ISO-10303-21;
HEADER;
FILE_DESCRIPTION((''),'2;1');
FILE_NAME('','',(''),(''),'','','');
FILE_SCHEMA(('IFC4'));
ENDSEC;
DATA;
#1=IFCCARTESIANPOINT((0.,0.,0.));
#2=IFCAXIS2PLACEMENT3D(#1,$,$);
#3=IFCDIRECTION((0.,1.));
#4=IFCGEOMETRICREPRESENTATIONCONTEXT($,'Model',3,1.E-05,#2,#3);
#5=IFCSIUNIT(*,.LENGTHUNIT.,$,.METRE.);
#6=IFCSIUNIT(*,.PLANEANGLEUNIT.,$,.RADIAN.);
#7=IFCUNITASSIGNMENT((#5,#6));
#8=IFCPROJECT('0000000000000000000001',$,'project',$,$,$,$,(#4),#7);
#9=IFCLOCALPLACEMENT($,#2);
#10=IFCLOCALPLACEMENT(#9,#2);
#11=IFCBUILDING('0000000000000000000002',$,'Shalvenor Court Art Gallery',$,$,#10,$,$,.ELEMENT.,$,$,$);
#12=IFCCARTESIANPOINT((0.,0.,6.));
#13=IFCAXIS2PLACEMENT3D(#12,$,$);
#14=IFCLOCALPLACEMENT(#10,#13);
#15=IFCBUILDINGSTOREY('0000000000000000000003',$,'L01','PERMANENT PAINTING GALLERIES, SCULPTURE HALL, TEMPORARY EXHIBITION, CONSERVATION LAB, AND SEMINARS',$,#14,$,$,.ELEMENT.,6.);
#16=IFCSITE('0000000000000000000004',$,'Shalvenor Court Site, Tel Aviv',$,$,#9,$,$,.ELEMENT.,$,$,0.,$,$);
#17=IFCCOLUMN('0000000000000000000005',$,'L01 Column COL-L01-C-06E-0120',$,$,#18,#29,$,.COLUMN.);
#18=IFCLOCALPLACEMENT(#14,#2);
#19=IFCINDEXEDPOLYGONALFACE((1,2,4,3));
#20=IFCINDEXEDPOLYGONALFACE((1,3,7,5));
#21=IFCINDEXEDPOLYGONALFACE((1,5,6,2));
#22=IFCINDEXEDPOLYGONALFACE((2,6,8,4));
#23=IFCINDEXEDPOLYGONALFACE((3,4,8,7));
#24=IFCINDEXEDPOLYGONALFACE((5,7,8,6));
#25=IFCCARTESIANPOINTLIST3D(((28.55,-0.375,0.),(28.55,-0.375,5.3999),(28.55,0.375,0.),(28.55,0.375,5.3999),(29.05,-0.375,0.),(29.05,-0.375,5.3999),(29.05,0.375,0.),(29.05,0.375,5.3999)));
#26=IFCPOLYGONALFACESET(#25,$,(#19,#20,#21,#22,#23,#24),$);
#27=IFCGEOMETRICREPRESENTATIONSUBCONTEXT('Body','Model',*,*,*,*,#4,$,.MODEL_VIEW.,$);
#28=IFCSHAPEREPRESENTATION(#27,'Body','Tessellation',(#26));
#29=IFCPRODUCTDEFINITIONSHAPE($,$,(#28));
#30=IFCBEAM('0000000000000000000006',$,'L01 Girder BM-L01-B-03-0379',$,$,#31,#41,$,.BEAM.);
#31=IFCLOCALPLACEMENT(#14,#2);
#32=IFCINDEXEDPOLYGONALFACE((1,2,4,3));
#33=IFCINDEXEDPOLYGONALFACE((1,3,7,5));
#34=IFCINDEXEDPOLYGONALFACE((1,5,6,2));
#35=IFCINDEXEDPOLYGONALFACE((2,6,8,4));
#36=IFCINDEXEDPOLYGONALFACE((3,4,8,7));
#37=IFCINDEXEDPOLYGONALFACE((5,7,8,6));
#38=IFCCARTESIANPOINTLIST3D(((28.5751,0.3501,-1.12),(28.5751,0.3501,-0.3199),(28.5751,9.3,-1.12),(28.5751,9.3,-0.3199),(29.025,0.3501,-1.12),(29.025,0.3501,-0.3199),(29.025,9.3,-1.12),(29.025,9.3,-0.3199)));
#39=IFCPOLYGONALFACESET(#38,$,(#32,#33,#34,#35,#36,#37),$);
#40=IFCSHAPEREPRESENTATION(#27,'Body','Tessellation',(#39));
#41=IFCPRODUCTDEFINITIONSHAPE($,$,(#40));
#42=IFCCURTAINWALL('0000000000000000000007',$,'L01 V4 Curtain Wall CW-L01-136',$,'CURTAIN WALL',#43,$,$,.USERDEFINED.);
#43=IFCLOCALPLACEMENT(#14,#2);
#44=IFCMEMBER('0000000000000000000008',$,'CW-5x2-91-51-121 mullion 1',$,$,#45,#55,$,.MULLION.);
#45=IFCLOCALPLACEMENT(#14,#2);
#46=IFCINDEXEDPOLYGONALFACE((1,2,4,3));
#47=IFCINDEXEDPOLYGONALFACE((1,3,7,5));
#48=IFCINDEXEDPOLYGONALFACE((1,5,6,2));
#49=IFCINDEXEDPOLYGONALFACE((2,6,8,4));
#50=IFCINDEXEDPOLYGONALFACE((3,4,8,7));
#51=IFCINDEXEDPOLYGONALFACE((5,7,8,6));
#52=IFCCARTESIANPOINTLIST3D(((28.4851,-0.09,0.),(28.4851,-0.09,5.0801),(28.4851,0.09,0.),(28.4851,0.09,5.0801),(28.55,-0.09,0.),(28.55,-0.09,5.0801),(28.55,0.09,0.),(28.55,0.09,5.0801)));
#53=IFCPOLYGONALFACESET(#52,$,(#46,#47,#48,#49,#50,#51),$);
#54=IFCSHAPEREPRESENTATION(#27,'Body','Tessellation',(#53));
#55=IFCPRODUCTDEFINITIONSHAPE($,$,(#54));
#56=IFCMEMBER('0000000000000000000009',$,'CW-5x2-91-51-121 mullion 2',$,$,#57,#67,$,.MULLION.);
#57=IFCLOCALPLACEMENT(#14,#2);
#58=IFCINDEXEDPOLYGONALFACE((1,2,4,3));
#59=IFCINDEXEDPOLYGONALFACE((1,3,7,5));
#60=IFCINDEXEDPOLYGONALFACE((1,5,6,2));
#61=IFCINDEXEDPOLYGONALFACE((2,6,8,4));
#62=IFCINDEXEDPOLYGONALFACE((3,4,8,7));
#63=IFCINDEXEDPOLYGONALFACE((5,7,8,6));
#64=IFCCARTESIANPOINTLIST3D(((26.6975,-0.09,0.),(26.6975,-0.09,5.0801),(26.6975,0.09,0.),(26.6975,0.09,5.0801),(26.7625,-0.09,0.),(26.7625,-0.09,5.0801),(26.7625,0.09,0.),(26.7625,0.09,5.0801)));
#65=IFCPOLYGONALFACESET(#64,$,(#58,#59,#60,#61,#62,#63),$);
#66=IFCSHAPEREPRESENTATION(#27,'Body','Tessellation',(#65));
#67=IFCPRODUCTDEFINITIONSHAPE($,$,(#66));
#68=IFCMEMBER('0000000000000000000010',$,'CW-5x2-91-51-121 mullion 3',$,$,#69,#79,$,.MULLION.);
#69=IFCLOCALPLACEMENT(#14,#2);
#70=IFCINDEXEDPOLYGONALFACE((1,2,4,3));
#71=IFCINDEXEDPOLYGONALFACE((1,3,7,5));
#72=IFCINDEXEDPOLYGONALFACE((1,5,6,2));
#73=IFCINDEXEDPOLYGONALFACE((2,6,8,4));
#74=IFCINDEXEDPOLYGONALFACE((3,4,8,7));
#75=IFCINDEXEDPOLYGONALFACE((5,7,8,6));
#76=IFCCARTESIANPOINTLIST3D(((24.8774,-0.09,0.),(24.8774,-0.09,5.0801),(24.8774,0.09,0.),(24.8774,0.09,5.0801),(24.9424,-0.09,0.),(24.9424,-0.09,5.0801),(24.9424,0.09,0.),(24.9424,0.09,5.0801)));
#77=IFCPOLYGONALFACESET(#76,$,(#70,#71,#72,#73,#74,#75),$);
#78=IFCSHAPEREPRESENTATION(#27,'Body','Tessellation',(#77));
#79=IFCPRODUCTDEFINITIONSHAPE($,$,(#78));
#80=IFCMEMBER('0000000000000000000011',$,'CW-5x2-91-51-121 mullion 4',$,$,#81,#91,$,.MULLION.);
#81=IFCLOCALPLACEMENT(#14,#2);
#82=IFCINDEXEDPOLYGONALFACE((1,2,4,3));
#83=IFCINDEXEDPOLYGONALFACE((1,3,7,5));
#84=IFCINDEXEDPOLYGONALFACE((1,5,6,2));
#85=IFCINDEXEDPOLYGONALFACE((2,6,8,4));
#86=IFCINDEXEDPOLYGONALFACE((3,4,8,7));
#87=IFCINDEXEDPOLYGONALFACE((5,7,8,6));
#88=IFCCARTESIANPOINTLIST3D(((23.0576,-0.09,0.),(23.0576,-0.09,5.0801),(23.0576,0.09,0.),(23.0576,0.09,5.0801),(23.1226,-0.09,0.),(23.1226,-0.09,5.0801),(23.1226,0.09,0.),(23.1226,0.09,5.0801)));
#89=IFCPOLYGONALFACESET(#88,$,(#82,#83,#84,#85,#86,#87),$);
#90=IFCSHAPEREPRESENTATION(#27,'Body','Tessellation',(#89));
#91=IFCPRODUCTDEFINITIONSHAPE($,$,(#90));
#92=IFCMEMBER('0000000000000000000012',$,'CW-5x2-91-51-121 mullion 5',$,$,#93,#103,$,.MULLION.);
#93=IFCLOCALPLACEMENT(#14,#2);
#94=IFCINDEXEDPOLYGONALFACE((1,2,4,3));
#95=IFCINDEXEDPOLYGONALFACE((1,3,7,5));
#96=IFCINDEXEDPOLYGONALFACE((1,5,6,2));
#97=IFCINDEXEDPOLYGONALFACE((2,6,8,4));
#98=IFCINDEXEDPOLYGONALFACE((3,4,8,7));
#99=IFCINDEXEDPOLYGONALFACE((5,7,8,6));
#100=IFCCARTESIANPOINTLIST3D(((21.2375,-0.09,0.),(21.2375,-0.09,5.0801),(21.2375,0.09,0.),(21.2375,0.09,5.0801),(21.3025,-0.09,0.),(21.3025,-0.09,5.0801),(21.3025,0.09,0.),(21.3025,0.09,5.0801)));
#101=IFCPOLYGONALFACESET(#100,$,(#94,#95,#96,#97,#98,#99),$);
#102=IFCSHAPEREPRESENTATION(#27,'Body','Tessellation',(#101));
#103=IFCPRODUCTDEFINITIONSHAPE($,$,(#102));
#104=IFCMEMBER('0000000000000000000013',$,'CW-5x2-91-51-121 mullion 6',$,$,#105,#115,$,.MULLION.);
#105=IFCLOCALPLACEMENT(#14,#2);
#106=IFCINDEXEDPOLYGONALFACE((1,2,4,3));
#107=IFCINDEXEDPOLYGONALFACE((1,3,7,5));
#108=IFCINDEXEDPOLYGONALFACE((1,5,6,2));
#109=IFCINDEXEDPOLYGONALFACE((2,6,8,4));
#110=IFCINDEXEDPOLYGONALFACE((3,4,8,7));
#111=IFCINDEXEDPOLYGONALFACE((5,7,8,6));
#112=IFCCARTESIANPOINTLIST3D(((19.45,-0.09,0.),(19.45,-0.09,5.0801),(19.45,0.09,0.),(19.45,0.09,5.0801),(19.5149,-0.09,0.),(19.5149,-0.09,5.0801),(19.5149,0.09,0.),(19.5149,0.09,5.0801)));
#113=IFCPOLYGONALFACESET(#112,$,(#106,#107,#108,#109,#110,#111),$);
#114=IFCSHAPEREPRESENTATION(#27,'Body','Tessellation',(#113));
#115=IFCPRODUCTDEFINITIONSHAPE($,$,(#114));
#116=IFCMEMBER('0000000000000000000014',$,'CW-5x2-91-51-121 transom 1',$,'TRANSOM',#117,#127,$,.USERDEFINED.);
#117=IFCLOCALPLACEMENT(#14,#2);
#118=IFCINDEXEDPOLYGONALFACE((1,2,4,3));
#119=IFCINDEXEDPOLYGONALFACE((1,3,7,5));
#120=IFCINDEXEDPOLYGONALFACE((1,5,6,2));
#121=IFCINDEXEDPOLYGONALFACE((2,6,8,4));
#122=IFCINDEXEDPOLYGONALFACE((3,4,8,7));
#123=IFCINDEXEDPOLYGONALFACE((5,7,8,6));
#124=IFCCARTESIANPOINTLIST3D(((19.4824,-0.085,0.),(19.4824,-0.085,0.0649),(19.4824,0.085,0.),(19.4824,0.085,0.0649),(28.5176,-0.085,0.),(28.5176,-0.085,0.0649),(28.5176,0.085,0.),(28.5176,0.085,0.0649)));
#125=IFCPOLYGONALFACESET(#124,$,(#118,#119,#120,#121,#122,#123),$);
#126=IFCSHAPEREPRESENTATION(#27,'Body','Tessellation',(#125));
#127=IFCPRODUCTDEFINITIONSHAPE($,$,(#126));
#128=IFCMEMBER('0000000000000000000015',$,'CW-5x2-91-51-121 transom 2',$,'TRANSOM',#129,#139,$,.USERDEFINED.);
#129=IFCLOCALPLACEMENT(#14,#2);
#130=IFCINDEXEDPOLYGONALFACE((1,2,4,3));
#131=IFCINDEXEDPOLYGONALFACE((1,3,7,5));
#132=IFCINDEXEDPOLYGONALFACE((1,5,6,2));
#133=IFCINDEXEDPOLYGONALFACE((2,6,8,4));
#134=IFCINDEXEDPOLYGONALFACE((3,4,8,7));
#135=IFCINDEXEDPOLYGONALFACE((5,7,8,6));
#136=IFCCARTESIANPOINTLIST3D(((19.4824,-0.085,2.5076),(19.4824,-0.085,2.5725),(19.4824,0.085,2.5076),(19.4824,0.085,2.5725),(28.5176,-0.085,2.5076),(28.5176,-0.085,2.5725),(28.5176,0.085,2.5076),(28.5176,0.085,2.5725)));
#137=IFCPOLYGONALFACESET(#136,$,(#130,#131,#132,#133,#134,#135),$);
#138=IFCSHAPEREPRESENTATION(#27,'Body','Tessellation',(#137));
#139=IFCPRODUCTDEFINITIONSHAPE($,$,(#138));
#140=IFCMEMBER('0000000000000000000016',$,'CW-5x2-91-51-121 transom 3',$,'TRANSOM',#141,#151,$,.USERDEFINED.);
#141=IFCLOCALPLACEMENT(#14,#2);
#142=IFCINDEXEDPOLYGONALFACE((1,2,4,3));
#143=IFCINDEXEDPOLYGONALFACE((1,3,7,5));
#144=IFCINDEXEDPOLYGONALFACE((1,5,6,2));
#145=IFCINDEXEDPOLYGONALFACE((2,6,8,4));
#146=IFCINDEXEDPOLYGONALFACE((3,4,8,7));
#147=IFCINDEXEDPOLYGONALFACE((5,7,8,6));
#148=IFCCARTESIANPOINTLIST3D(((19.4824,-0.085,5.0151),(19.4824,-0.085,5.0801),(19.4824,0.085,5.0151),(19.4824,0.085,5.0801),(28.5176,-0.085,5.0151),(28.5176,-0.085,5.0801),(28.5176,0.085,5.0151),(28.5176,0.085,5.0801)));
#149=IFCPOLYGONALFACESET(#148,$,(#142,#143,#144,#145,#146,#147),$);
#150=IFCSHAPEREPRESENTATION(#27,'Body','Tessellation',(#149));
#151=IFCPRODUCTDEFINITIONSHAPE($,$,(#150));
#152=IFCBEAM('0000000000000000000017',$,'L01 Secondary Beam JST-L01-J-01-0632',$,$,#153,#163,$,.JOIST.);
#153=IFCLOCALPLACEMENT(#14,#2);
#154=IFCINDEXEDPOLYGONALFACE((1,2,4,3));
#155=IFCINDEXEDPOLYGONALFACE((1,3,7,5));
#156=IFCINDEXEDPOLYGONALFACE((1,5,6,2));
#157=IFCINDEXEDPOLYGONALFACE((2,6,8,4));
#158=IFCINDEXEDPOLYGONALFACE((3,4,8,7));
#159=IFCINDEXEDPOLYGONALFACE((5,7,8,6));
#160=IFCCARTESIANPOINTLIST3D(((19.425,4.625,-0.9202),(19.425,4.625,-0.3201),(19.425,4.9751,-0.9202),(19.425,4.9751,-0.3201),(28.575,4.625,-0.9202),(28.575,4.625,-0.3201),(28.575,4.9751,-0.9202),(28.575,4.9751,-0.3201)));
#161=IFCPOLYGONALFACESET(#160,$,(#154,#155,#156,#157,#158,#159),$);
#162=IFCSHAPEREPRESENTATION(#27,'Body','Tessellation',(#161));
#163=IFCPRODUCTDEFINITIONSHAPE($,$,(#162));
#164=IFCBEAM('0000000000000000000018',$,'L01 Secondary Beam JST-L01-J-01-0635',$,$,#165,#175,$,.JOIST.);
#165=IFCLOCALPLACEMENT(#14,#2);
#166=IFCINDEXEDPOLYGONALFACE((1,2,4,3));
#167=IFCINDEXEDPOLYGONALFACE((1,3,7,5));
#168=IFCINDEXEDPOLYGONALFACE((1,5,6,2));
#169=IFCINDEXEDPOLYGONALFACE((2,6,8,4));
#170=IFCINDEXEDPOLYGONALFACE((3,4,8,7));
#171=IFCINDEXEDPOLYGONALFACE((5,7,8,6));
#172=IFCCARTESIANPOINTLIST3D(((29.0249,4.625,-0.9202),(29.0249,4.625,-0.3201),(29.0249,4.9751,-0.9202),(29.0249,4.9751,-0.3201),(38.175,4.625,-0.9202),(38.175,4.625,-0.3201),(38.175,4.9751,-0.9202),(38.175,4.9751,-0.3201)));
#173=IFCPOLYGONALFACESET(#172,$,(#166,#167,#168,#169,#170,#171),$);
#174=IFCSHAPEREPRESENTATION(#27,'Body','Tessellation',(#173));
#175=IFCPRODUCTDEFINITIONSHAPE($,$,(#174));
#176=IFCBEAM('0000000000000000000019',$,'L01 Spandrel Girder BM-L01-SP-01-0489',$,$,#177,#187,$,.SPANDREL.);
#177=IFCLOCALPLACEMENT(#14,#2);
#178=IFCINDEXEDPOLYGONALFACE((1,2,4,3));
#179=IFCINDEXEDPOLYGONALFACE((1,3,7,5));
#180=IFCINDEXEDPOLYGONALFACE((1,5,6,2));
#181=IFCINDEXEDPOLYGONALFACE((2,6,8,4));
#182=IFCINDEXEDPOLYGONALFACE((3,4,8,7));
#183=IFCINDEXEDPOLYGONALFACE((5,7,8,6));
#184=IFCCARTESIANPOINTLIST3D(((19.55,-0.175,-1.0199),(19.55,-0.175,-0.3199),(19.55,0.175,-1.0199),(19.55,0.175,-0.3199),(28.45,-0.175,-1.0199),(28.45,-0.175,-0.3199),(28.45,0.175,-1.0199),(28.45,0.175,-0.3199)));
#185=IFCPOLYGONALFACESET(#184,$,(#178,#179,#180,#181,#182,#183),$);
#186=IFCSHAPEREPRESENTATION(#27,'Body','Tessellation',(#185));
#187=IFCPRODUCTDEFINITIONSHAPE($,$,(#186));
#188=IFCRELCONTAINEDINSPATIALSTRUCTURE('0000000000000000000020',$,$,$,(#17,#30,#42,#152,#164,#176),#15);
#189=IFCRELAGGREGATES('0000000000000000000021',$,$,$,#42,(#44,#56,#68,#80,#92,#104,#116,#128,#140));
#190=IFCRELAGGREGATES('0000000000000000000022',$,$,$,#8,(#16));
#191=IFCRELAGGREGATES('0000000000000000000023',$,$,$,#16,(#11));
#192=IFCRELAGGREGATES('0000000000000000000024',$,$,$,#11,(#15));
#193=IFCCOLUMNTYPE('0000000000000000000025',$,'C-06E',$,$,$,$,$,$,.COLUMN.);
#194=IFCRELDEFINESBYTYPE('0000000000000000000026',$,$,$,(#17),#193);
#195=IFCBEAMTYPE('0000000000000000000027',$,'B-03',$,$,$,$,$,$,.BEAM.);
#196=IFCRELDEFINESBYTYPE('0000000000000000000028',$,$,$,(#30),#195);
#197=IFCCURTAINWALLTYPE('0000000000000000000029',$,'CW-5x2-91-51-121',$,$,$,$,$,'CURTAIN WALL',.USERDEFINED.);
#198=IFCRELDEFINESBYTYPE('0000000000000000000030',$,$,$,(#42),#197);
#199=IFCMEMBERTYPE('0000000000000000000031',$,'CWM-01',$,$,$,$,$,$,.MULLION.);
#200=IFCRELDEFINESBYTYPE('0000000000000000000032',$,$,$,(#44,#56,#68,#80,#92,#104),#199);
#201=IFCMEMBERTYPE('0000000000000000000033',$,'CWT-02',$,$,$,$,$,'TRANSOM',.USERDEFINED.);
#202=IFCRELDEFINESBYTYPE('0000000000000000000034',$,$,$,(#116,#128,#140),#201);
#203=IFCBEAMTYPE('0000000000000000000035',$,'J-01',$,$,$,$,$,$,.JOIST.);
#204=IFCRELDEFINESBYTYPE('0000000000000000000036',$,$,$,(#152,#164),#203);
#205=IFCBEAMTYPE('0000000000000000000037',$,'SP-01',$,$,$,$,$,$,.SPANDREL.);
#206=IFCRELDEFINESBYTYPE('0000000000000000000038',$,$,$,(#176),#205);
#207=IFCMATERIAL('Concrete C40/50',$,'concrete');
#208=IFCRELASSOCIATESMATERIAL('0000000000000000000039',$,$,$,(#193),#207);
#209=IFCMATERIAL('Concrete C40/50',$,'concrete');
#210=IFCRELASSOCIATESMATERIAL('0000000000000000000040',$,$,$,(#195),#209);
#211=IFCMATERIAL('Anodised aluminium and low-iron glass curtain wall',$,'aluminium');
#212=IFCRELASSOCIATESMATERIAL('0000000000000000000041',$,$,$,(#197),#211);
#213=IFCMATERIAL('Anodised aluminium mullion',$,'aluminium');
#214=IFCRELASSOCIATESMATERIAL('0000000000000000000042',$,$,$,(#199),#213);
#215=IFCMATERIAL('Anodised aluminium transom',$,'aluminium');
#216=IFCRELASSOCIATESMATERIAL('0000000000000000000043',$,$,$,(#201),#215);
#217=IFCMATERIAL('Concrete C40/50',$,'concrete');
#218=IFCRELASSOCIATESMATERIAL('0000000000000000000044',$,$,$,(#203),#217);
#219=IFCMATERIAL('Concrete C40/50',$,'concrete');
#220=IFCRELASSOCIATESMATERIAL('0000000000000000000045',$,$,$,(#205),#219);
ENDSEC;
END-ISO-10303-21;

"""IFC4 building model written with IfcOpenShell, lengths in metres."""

from ifc_helpers import new_model, si_unit, direction, frame, origin, origin_2d, place, context, subcontext, project, spatial, rectangle, extrude, material, material_profile, profile_set, type_object, element, aggregate, save


model = new_model("IFC4")

# Units and contexts
model_context = context("Model", 3, precision=1e-05, world=origin(), true_north=direction((0.0, 1.0)))
body_context = subcontext(model_context, "Body", "Model", "MODEL_VIEW")
ifc_project = project(units=[si_unit("LENGTHUNIT", "METRE"), si_unit("PLANEANGLEUNIT", "RADIAN")], contexts=[model_context])

# Site, building, storey
site_placement = place(None, origin())
site = spatial("IfcSite", under=ifc_project, at=site_placement, Name="Shalvenor Court Site, Tel Aviv", CompositionType="ELEMENT", RefElevation=0.0)
building_placement = place(site_placement, origin())
building = spatial("IfcBuilding", under=site, at=building_placement, Name="Shalvenor Court Art Gallery", CompositionType="ELEMENT")
storey_placement = place(building_placement, frame((0.0, 0.0, 6.0)))
storey = spatial("IfcBuildingStorey", under=building, at=storey_placement, Name="L01", Description="PERMANENT PAINTING GALLERIES, SCULPTURE HALL, TEMPORARY EXHIBITION, CONSERVATION LAB, AND SEMINARS", CompositionType="ELEMENT", Elevation=6.0)

# Column
ifc_material_1 = material(Name="Concrete C40/50", Category="concrete")
ifc_material_profile_1 = material_profile(ifc_material_1, rectangle(XDim=0.5, YDim=0.75, at=origin_2d()), Name="RC 500x750")
ifc_profile_set_1 = profile_set([ifc_material_profile_1], Name="Concrete C40/50")
column_type = type_object("IfcColumnType", Name="C-06E", PredefinedType="COLUMN", material=ifc_profile_set_1)
column_placement = place(storey_placement, frame((28.8, 0.0, 0.0), z_axis=(0.0, 0.0, 1.0), x_axis=(1.0, 0.0, 0.0)))
element("IfcColumn", 1, at=column_placement, inside=storey, type_object=column_type, Name="L01 Column COL-L01-C-06E-0120", PredefinedType="COLUMN", context=body_context, shape_type="SweptSolid", body=[
    extrude(rectangle(XDim=0.5, YDim=0.75, at=origin_2d()), origin(), (0.0, 0.0, 1.0), 5.3999),
])

# Beam
ifc_material_2 = material(Name="Concrete C40/50", Category="concrete")
ifc_material_profile_2 = material_profile(ifc_material_2, rectangle(XDim=0.45, YDim=0.8, at=origin_2d()), Name="RC 450x800")
ifc_profile_set_2 = profile_set([ifc_material_profile_2], Name="Concrete C40/50")
beam_type_1 = type_object("IfcBeamType", Name="B-03", PredefinedType="BEAM", material=ifc_profile_set_2)
beam_1_placement = place(storey_placement, frame((28.8, 0.3501, -0.72), z_axis=(0.0, 1.0, 0.0), x_axis=(-1.0, 0.0, 0.0)))
element("IfcBeam", 2, at=beam_1_placement, inside=storey, type_object=beam_type_1, Name="L01 Girder BM-L01-B-03-0379", PredefinedType="BEAM", context=body_context, shape_type="SweptSolid", body=[
    extrude(rectangle(XDim=0.45, YDim=0.8, at=origin_2d()), origin(), (0.0, 0.0, 1.0), 8.95),
])

# Curtain wall, members
ifc_material_3 = material(Name="Anodised aluminium and low-iron glass curtain wall", Category="aluminium")
curtain_wall_type = type_object("IfcCurtainWallType", Name="CW-5x2-91-51-121", ElementType="CURTAIN WALL", PredefinedType="USERDEFINED", material=ifc_material_3)
curtain_wall_placement = place(storey_placement, origin())
curtain_wall = element("IfcCurtainWall", 3, at=curtain_wall_placement, inside=storey, type_object=curtain_wall_type, Name="L01 V4 Curtain Wall CW-L01-136", ObjectType="CURTAIN WALL", PredefinedType="USERDEFINED")
ifc_material_4 = material(Name="Anodised aluminium mullion", Category="aluminium")
ifc_material_profile_3 = material_profile(ifc_material_4, rectangle(XDim=0.0649, YDim=0.1799, at=origin_2d()), Name="CWM-01")
ifc_profile_set_3 = profile_set([ifc_material_profile_3], Name="Anodised aluminium mullion")
member_type_1 = type_object("IfcMemberType", Name="CWM-01", PredefinedType="MULLION", material=ifc_profile_set_3)
member_1_placement = place(storey_placement, frame((28.5176, 0.0, 0.0), z_axis=(0.0, 0.0, 1.0), x_axis=(-1.0, 0.0, 0.0)))
member_1 = element("IfcMember", 4, at=member_1_placement, type_object=member_type_1, Name="CW-5x2-91-51-121 mullion 1", PredefinedType="MULLION", context=body_context, shape_type="SweptSolid", body=[
    extrude(rectangle(XDim=0.0649, YDim=0.1799, at=origin_2d()), origin(), (0.0, 0.0, 1.0), 5.0801),
])
member_2_placement = place(storey_placement, frame((26.73, 0.0, 0.0), z_axis=(0.0, 0.0, 1.0), x_axis=(-1.0, 0.0, 0.0)))
member_2 = element("IfcMember", 5, at=member_2_placement, type_object=member_type_1, Name="CW-5x2-91-51-121 mullion 2", PredefinedType="MULLION", context=body_context, shape_type="SweptSolid", body=[
    extrude(rectangle(XDim=0.0649, YDim=0.1799, at=origin_2d()), origin(), (0.0, 0.0, 1.0), 5.0801),
])
member_3_placement = place(storey_placement, frame((24.9099, 0.0, 0.0), z_axis=(0.0, 0.0, 1.0), x_axis=(-1.0, 0.0, 0.0)))
member_3 = element("IfcMember", 6, at=member_3_placement, type_object=member_type_1, Name="CW-5x2-91-51-121 mullion 3", PredefinedType="MULLION", context=body_context, shape_type="SweptSolid", body=[
    extrude(rectangle(XDim=0.0649, YDim=0.1799, at=origin_2d()), origin(), (0.0, 0.0, 1.0), 5.0801),
])
member_4_placement = place(storey_placement, frame((23.0901, 0.0, 0.0), z_axis=(0.0, 0.0, 1.0), x_axis=(-1.0, 0.0, 0.0)))
member_4 = element("IfcMember", 7, at=member_4_placement, type_object=member_type_1, Name="CW-5x2-91-51-121 mullion 4", PredefinedType="MULLION", context=body_context, shape_type="SweptSolid", body=[
    extrude(rectangle(XDim=0.0649, YDim=0.1799, at=origin_2d()), origin(), (0.0, 0.0, 1.0), 5.0801),
])
member_5_placement = place(storey_placement, frame((21.27, 0.0, 0.0), z_axis=(0.0, 0.0, 1.0), x_axis=(-1.0, 0.0, 0.0)))
member_5 = element("IfcMember", 8, at=member_5_placement, type_object=member_type_1, Name="CW-5x2-91-51-121 mullion 5", PredefinedType="MULLION", context=body_context, shape_type="SweptSolid", body=[
    extrude(rectangle(XDim=0.0649, YDim=0.1799, at=origin_2d()), origin(), (0.0, 0.0, 1.0), 5.0801),
])
member_6_placement = place(storey_placement, frame((19.4824, 0.0, 0.0), z_axis=(0.0, 0.0, 1.0), x_axis=(-1.0, 0.0, 0.0)))
member_6 = element("IfcMember", 9, at=member_6_placement, type_object=member_type_1, Name="CW-5x2-91-51-121 mullion 6", PredefinedType="MULLION", context=body_context, shape_type="SweptSolid", body=[
    extrude(rectangle(XDim=0.0649, YDim=0.1799, at=origin_2d()), origin(), (0.0, 0.0, 1.0), 5.0801),
])
ifc_material_5 = material(Name="Anodised aluminium transom", Category="aluminium")
ifc_material_profile_4 = material_profile(ifc_material_5, rectangle(XDim=0.1699, YDim=0.0649, at=origin_2d()), Name="CWT-02")
ifc_profile_set_4 = profile_set([ifc_material_profile_4], Name="Anodised aluminium transom")
member_type_2 = type_object("IfcMemberType", Name="CWT-02", ElementType="TRANSOM", PredefinedType="USERDEFINED", material=ifc_profile_set_4)
member_7_placement = place(storey_placement, frame((28.5176, 0.0, 0.0325), z_axis=(-1.0, 0.0, 0.0), x_axis=(0.0, -1.0, 0.0)))
member_7 = element("IfcMember", 10, at=member_7_placement, type_object=member_type_2, Name="CW-5x2-91-51-121 transom 1", ObjectType="TRANSOM", PredefinedType="USERDEFINED", context=body_context, shape_type="SweptSolid", body=[
    extrude(rectangle(XDim=0.1699, YDim=0.0649, at=origin_2d()), origin(), (0.0, 0.0, 1.0), 9.0352),
])
member_8_placement = place(storey_placement, frame((28.5176, 0.0, 2.54), z_axis=(-1.0, 0.0, 0.0), x_axis=(0.0, -1.0, 0.0)))
member_8 = element("IfcMember", 11, at=member_8_placement, type_object=member_type_2, Name="CW-5x2-91-51-121 transom 2", ObjectType="TRANSOM", PredefinedType="USERDEFINED", context=body_context, shape_type="SweptSolid", body=[
    extrude(rectangle(XDim=0.1699, YDim=0.0649, at=origin_2d()), origin(), (0.0, 0.0, 1.0), 9.0352),
])
member_9_placement = place(storey_placement, frame((28.5176, 0.0, 5.0476), z_axis=(-1.0, 0.0, 0.0), x_axis=(0.0, -1.0, 0.0)))
member_9 = element("IfcMember", 12, at=member_9_placement, type_object=member_type_2, Name="CW-5x2-91-51-121 transom 3", ObjectType="TRANSOM", PredefinedType="USERDEFINED", context=body_context, shape_type="SweptSolid", body=[
    extrude(rectangle(XDim=0.1699, YDim=0.0649, at=origin_2d()), origin(), (0.0, 0.0, 1.0), 9.0352),
])

# Beams
ifc_material_6 = material(Name="Concrete C40/50", Category="concrete")
ifc_material_profile_5 = material_profile(ifc_material_6, rectangle(XDim=0.3501, YDim=0.6001, at=origin_2d()), Name="RC 350x600")
ifc_profile_set_5 = profile_set([ifc_material_profile_5], Name="Concrete C40/50")
beam_type_2 = type_object("IfcBeamType", Name="J-01", PredefinedType="JOIST", material=ifc_profile_set_5)
beam_2_placement = place(storey_placement, frame((19.425, 4.8, -0.6201), z_axis=(1.0, 0.0, 0.0), x_axis=(0.0, 1.0, 0.0)))
element("IfcBeam", 13, at=beam_2_placement, inside=storey, type_object=beam_type_2, Name="L01 Secondary Beam JST-L01-J-01-0632", PredefinedType="JOIST", context=body_context, shape_type="SweptSolid", body=[
    extrude(rectangle(XDim=0.3501, YDim=0.6001, at=origin_2d()), origin(), (0.0, 0.0, 1.0), 9.1499),
])
beam_3_placement = place(storey_placement, frame((29.0249, 4.8, -0.6201), z_axis=(1.0, 0.0, 0.0), x_axis=(0.0, 1.0, 0.0)))
element("IfcBeam", 14, at=beam_3_placement, inside=storey, type_object=beam_type_2, Name="L01 Secondary Beam JST-L01-J-01-0635", PredefinedType="JOIST", context=body_context, shape_type="SweptSolid", body=[
    extrude(rectangle(XDim=0.3501, YDim=0.6001, at=origin_2d()), origin(), (0.0, 0.0, 1.0), 9.1501),
])
ifc_material_7 = material(Name="Concrete C40/50", Category="concrete")
ifc_material_profile_6 = material_profile(ifc_material_7, rectangle(XDim=0.3501, YDim=0.7, at=origin_2d()), Name="RC 350x700")
ifc_profile_set_6 = profile_set([ifc_material_profile_6], Name="Concrete C40/50")
beam_type_3 = type_object("IfcBeamType", Name="SP-01", PredefinedType="SPANDREL", material=ifc_profile_set_6)
beam_4_placement = place(storey_placement, frame((19.55, 0.0, -0.6699), z_axis=(1.0, 0.0, 0.0), x_axis=(0.0, 1.0, 0.0)))
element("IfcBeam", 15, at=beam_4_placement, inside=storey, type_object=beam_type_3, Name="L01 Spandrel Girder BM-L01-SP-01-0489", PredefinedType="SPANDREL", context=body_context, shape_type="SweptSolid", body=[
    extrude(rectangle(XDim=0.3501, YDim=0.7, at=origin_2d()), origin(), (0.0, 0.0, 1.0), 8.8999),
])

aggregate(curtain_wall, [member_1, member_2, member_3, member_4, member_5, member_6, member_7, member_8, member_9])

save(model, "model.ifc")
